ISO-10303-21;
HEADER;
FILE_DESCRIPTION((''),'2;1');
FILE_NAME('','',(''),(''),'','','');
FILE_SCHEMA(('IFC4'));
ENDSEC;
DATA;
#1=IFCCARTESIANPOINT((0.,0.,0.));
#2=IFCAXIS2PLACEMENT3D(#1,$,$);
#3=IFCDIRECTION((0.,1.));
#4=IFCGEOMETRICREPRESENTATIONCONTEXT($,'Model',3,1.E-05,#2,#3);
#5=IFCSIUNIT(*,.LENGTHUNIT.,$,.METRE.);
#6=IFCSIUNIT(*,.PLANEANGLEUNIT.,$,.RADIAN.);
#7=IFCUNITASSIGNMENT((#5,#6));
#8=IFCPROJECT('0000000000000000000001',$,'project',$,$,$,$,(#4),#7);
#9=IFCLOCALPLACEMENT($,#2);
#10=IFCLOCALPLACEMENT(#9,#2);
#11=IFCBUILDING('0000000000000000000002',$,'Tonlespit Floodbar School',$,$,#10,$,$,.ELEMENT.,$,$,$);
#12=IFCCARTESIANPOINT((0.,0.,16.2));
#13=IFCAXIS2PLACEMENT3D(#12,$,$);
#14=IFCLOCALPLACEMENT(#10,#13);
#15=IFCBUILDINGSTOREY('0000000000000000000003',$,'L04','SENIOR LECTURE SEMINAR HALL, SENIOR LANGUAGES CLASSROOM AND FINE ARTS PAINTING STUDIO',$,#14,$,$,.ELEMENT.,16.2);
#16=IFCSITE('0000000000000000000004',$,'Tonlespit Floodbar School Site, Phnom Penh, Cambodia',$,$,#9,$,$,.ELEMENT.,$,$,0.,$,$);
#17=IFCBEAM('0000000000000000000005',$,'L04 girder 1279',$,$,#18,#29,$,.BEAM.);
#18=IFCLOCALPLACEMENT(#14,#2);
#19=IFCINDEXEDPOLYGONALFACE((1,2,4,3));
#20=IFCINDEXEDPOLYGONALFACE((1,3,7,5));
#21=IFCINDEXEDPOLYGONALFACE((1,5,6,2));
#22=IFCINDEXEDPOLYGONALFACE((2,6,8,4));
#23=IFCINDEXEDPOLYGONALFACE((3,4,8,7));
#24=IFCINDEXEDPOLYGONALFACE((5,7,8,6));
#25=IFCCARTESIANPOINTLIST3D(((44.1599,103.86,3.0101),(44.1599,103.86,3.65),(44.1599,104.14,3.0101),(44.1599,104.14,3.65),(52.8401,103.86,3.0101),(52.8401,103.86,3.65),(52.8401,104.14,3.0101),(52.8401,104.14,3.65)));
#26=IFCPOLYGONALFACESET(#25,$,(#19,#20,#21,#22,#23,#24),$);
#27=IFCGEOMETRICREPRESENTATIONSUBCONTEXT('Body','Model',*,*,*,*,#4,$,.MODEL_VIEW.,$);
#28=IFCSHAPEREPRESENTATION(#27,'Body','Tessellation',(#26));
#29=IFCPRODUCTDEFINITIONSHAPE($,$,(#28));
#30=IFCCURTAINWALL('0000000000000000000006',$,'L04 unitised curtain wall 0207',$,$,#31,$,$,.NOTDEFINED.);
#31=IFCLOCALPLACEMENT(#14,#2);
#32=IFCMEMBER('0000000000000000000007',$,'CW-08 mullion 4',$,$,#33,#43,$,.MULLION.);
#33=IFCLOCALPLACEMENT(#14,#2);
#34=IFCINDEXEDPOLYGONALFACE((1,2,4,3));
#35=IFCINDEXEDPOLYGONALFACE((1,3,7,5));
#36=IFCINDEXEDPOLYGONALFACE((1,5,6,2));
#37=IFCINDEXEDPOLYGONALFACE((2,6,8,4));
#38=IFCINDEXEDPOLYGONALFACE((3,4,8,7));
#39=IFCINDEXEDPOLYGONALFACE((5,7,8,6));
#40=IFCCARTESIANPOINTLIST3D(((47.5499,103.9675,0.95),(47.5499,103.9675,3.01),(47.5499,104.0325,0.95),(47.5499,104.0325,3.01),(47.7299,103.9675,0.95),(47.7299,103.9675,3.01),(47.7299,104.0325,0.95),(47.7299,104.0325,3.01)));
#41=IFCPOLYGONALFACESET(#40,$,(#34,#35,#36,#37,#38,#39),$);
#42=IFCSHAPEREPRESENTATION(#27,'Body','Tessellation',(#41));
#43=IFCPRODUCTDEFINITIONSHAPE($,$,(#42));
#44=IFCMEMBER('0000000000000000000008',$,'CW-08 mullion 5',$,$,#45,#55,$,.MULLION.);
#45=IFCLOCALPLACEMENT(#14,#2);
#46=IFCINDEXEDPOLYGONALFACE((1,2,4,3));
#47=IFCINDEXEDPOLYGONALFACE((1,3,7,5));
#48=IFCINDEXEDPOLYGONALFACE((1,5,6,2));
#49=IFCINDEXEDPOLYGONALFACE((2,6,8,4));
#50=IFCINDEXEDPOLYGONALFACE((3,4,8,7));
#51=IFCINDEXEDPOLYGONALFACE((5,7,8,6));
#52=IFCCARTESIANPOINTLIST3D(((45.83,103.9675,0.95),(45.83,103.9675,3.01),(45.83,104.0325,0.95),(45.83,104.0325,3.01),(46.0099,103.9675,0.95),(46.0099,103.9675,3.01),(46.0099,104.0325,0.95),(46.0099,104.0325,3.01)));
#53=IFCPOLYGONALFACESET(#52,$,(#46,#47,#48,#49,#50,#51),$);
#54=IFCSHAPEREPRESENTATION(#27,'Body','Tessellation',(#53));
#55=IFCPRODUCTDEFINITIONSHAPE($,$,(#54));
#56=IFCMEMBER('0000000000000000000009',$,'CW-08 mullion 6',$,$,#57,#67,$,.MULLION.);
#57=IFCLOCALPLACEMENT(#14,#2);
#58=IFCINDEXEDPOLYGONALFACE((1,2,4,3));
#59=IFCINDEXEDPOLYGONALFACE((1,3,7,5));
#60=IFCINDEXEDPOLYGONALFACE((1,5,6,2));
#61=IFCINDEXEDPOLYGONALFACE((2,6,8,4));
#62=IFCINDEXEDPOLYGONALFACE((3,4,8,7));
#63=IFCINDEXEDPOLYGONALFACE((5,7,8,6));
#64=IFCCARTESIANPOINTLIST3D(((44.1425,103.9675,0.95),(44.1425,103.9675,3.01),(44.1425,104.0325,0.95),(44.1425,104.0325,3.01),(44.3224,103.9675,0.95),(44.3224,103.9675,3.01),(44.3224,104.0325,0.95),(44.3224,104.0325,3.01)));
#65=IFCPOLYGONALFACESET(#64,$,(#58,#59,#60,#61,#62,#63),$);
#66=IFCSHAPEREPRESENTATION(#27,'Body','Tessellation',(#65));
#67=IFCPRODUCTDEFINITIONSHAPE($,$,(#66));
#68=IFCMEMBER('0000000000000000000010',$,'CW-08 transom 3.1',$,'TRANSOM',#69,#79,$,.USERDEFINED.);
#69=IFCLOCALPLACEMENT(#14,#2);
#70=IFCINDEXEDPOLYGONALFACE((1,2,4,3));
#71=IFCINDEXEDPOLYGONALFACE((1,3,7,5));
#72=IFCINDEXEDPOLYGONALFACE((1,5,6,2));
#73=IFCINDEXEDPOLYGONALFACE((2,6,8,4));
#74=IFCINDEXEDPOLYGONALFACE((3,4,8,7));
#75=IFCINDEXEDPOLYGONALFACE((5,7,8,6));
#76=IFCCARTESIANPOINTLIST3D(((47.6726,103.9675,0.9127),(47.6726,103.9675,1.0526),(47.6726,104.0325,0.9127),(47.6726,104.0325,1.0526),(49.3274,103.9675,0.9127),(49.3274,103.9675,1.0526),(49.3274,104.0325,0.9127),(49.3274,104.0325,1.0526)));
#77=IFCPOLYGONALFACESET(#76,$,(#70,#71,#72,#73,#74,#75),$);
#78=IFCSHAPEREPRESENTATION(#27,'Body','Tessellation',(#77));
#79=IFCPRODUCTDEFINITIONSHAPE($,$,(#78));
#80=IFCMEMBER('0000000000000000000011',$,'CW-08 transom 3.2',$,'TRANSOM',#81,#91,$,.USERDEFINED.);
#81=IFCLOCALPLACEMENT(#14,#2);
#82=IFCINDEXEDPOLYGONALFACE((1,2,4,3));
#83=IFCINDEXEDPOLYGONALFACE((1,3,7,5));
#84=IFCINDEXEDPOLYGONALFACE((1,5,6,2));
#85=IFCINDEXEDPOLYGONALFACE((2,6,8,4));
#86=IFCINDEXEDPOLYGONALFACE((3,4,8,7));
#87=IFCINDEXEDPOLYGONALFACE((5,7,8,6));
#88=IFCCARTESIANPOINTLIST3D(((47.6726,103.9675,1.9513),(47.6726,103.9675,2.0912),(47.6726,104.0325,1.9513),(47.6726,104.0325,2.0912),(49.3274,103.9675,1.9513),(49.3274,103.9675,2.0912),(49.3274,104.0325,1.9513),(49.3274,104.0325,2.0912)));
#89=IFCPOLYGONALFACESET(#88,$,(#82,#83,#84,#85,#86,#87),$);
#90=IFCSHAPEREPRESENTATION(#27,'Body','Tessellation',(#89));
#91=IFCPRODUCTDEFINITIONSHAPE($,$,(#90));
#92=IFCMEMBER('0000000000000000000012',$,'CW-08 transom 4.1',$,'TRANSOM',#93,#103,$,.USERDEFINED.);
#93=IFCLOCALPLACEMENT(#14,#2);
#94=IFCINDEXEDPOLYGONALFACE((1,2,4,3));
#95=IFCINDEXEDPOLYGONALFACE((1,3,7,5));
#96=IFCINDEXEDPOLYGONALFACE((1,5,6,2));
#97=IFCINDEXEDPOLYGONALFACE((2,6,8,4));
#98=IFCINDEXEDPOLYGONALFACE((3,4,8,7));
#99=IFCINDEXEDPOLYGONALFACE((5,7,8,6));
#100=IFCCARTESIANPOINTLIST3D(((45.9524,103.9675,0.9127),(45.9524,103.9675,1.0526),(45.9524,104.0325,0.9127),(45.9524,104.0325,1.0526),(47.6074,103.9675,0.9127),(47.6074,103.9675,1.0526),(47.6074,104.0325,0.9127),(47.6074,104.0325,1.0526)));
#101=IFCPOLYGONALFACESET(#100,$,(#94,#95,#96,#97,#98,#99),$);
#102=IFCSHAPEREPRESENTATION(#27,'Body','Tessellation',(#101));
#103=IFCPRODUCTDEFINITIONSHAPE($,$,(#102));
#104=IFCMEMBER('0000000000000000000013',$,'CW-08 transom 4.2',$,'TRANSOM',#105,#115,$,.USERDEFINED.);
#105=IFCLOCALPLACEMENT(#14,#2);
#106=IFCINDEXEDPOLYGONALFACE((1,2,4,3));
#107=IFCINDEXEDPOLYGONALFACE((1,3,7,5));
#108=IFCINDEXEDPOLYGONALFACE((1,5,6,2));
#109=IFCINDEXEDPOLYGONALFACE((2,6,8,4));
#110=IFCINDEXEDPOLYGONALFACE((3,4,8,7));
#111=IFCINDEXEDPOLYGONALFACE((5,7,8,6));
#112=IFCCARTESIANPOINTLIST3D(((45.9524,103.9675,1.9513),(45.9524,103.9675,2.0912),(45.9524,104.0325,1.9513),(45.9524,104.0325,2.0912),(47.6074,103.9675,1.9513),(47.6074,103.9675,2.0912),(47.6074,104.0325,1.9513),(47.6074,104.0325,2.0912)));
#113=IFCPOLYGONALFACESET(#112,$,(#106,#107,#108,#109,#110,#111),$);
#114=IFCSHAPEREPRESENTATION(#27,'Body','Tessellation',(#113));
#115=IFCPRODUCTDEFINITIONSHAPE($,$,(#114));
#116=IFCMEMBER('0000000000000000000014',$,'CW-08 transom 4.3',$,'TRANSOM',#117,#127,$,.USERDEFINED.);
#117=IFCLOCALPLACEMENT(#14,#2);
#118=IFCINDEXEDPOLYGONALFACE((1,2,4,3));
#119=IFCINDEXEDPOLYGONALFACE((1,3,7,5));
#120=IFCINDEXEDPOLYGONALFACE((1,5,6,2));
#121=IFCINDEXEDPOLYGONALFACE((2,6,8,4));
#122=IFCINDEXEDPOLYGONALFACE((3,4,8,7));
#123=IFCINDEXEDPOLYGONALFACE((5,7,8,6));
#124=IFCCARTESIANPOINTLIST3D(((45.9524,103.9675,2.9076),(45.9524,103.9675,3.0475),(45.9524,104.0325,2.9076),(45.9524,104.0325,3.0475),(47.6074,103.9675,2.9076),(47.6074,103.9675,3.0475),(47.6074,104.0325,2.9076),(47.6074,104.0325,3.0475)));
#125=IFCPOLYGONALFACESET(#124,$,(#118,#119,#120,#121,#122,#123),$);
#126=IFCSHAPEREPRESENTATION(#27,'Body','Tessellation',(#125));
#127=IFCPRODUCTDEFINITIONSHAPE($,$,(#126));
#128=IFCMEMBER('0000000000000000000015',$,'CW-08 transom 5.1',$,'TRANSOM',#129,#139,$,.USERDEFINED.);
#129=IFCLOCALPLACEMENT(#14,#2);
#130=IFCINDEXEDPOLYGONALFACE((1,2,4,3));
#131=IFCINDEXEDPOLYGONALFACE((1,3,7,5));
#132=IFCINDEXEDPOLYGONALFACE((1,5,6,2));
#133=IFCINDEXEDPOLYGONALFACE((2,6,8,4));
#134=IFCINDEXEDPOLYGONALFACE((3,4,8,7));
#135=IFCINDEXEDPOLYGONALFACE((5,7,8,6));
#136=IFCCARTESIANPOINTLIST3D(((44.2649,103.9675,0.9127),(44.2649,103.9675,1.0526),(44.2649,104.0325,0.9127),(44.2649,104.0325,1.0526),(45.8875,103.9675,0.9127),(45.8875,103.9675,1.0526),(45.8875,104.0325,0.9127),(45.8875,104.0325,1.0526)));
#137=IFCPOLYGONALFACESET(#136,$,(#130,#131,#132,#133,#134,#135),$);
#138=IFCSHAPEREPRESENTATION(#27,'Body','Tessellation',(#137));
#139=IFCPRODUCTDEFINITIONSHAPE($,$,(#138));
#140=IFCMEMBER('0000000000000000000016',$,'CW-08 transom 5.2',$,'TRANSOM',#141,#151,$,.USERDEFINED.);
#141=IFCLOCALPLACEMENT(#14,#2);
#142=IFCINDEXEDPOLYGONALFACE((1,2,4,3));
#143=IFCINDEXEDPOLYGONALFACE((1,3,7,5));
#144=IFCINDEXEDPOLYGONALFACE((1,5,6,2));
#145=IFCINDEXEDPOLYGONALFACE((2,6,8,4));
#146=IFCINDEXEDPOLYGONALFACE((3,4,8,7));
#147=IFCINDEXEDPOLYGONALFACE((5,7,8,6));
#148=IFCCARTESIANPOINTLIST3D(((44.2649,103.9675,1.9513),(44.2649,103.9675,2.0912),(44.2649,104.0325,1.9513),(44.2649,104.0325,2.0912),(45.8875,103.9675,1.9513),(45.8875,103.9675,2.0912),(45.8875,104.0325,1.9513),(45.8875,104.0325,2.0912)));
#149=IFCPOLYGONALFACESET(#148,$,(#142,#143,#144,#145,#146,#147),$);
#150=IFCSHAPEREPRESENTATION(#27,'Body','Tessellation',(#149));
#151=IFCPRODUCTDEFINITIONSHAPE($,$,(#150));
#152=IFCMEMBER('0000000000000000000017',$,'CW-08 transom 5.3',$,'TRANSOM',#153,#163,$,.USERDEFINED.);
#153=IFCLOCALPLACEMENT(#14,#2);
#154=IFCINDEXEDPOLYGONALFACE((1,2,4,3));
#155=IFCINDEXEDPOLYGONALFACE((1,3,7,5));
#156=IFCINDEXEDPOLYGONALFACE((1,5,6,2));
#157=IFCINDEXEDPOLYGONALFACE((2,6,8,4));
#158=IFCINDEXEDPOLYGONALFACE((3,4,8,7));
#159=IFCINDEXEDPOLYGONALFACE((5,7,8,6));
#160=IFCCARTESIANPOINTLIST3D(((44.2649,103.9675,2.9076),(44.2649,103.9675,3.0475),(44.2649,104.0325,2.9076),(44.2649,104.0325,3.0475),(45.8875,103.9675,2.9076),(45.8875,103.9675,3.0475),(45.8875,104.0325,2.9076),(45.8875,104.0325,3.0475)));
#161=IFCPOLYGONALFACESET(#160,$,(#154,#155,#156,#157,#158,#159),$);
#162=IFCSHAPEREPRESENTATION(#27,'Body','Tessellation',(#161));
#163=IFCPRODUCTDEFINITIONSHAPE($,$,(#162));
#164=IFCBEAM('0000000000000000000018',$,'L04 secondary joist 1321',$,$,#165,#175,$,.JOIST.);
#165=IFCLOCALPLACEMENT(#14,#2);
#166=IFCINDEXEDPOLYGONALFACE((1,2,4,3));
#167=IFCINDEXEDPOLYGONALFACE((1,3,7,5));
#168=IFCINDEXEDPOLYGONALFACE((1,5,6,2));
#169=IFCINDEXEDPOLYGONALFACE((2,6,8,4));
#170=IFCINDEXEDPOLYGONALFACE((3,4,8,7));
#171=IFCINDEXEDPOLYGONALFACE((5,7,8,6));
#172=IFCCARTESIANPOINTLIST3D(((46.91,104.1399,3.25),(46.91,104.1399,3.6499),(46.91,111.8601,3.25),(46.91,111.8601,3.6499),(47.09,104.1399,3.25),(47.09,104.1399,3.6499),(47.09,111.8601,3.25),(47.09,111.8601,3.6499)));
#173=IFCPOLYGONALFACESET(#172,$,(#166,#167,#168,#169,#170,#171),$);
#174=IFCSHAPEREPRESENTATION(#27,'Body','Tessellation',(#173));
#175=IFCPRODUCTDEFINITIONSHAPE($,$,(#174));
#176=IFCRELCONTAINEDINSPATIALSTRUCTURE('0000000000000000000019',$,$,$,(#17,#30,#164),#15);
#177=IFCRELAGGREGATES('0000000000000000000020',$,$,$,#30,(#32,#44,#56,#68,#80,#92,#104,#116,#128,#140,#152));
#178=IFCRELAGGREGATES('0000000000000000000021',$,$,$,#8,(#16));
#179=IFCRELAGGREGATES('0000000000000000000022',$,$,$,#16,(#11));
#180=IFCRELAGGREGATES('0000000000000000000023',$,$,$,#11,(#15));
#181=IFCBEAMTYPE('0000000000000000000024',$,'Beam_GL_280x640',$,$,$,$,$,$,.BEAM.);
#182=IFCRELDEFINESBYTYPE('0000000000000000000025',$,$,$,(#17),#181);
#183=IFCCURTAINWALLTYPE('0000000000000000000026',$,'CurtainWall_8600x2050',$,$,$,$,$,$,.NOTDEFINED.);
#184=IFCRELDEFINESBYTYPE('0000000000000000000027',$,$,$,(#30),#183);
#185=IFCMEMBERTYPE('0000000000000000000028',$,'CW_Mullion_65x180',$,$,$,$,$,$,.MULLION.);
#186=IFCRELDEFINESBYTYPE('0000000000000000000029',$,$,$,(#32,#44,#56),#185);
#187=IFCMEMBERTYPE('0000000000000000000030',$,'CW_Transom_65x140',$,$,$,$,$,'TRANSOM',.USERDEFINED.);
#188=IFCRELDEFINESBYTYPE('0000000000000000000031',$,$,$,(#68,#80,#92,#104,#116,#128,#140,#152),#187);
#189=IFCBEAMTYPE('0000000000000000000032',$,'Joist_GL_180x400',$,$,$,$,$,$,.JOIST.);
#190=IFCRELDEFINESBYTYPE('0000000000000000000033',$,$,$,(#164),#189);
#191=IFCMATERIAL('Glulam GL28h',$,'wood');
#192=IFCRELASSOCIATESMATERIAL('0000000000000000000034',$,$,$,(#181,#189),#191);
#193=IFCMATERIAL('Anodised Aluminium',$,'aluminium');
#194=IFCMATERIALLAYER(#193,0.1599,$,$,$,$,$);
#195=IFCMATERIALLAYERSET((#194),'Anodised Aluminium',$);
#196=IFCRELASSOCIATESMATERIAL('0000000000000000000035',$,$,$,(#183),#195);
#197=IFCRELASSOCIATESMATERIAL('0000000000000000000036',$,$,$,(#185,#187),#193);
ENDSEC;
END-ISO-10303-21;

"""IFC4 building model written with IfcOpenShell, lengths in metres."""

from ifc_helpers import new_model, si_unit, direction, frame, origin, origin_2d, place, context, subcontext, project, spatial, rectangle, extrude, material, layer, layer_set, material_profile, profile_set, type_object, element, aggregate, save


model = new_model("IFC4")

# Units and contexts
model_context = context("Model", 3, precision=1e-05, world=origin(), true_north=direction((0.0, 1.0)))
body_context = subcontext(model_context, "Body", "Model", "MODEL_VIEW")
ifc_project = project(units=[si_unit("LENGTHUNIT", "METRE"), si_unit("PLANEANGLEUNIT", "RADIAN")], contexts=[model_context])

# Site, building, storey
site_placement = place(None, origin())
site = spatial("IfcSite", under=ifc_project, at=site_placement, Name="Tonlespit Floodbar School Site, Phnom Penh, Cambodia", CompositionType="ELEMENT", RefElevation=0.0)
building_placement = place(site_placement, origin())
building = spatial("IfcBuilding", under=site, at=building_placement, Name="Tonlespit Floodbar School", CompositionType="ELEMENT")
storey_placement = place(building_placement, frame((0.0, 0.0, 16.2)))
storey = spatial("IfcBuildingStorey", under=building, at=storey_placement, Name="L04", Description="SENIOR LECTURE SEMINAR HALL, SENIOR LANGUAGES CLASSROOM AND FINE ARTS PAINTING STUDIO", CompositionType="ELEMENT", Elevation=16.2)

# Beam
ifc_material_1 = material(Name="Glulam GL28h", Category="wood")
ifc_material_profile_1 = material_profile(ifc_material_1, rectangle(XDim=0.28, YDim=0.6399, at=origin_2d()), Name="GL 280x640")
ifc_profile_set_1 = profile_set([ifc_material_profile_1], Name="Glulam GL28h")
beam_type_1 = type_object("IfcBeamType", Name="Beam_GL_280x640", PredefinedType="BEAM", material=ifc_profile_set_1)
beam_1_placement = place(storey_placement, frame((44.1599, 104.0, 3.3301), z_axis=(1.0, 0.0, 0.0), x_axis=(0.0, 1.0, 0.0)))
element("IfcBeam", 1, at=beam_1_placement, inside=storey, type_object=beam_type_1, Name="L04 girder 1279", PredefinedType="BEAM", context=body_context, shape_type="SweptSolid", body=[
    extrude(rectangle(XDim=0.28, YDim=0.6399, at=origin_2d()), origin(), (0.0, 0.0, 1.0), 8.6802),
])

# Curtain wall, members
ifc_material_2 = material(Name="Anodised Aluminium", Category="aluminium")
ifc_layer_1 = layer(ifc_material_2, 0.1599)
ifc_layer_set_1 = layer_set([ifc_layer_1], Name="Anodised Aluminium")
curtain_wall_type = type_object("IfcCurtainWallType", Name="CurtainWall_8600x2050", PredefinedType="NOTDEFINED", material=ifc_layer_set_1)
curtain_wall_placement = place(storey_placement, origin())
curtain_wall = element("IfcCurtainWall", 2, at=curtain_wall_placement, inside=storey, type_object=curtain_wall_type, Name="L04 unitised curtain wall 0207", PredefinedType="NOTDEFINED")
ifc_material_profile_2 = material_profile(ifc_material_2, rectangle(XDim=0.0649, YDim=0.1799, at=origin_2d()), Name="ALU M65x180")
ifc_profile_set_2 = profile_set([ifc_material_profile_2], Name="Anodised Aluminium")
member_type_1 = type_object("IfcMemberType", Name="CW_Mullion_65x180", PredefinedType="MULLION", material=ifc_profile_set_2)
member_1_placement = place(storey_placement, frame((47.6399, 104.0, 0.95), z_axis=(0.0, 0.0, 1.0), x_axis=(0.0, -1.0, 0.0)))
member_1 = element("IfcMember", 3, at=member_1_placement, type_object=member_type_1, Name="CW-08 mullion 4", PredefinedType="MULLION", context=body_context, shape_type="SweptSolid", body=[
    extrude(rectangle(XDim=0.0649, YDim=0.1799, at=origin_2d()), origin(), (0.0, 0.0, 1.0), 2.0601),
])
member_2_placement = place(storey_placement, frame((45.9199, 104.0, 0.95), z_axis=(0.0, 0.0, 1.0), x_axis=(0.0, -1.0, 0.0)))
member_2 = element("IfcMember", 4, at=member_2_placement, type_object=member_type_1, Name="CW-08 mullion 5", PredefinedType="MULLION", context=body_context, shape_type="SweptSolid", body=[
    extrude(rectangle(XDim=0.0649, YDim=0.1799, at=origin_2d()), origin(), (0.0, 0.0, 1.0), 2.0601),
])
member_3_placement = place(storey_placement, frame((44.2324, 104.0, 0.95), z_axis=(0.0, 0.0, 1.0), x_axis=(0.0, -1.0, 0.0)))
member_3 = element("IfcMember", 5, at=member_3_placement, type_object=member_type_1, Name="CW-08 mullion 6", PredefinedType="MULLION", context=body_context, shape_type="SweptSolid", body=[
    extrude(rectangle(XDim=0.0649, YDim=0.1799, at=origin_2d()), origin(), (0.0, 0.0, 1.0), 2.0601),
])
ifc_material_profile_3 = material_profile(ifc_material_2, rectangle(XDim=0.0649, YDim=0.1399, at=origin_2d()), Name="ALU T65x140")
ifc_profile_set_3 = profile_set([ifc_material_profile_3], Name="Anodised Aluminium")
member_type_2 = type_object("IfcMemberType", Name="CW_Transom_65x140", ElementType="TRANSOM", PredefinedType="USERDEFINED", material=ifc_profile_set_3)
member_4_placement = place(storey_placement, frame((49.3274, 104.0, 0.9827), z_axis=(-1.0, 0.0, 0.0), x_axis=(0.0, -1.0, 0.0)))
member_4 = element("IfcMember", 6, at=member_4_placement, type_object=member_type_2, Name="CW-08 transom 3.1", ObjectType="TRANSOM", PredefinedType="USERDEFINED", context=body_context, shape_type="SweptSolid", body=[
    extrude(rectangle(XDim=0.0649, YDim=0.1399, at=origin_2d()), origin(), (0.0, 0.0, 1.0), 1.6548),
])
member_5_placement = place(storey_placement, frame((49.3274, 104.0, 2.0212), z_axis=(-1.0, 0.0, 0.0), x_axis=(0.0, -1.0, 0.0)))
member_5 = element("IfcMember", 7, at=member_5_placement, type_object=member_type_2, Name="CW-08 transom 3.2", ObjectType="TRANSOM", PredefinedType="USERDEFINED", context=body_context, shape_type="SweptSolid", body=[
    extrude(rectangle(XDim=0.0649, YDim=0.1399, at=origin_2d()), origin(), (0.0, 0.0, 1.0), 1.6548),
])
member_6_placement = place(storey_placement, frame((47.6074, 104.0, 0.9827), z_axis=(-1.0, 0.0, 0.0), x_axis=(0.0, -1.0, 0.0)))
member_6 = element("IfcMember", 8, at=member_6_placement, type_object=member_type_2, Name="CW-08 transom 4.1", ObjectType="TRANSOM", PredefinedType="USERDEFINED", context=body_context, shape_type="SweptSolid", body=[
    extrude(rectangle(XDim=0.0649, YDim=0.1399, at=origin_2d()), origin(), (0.0, 0.0, 1.0), 1.655),
])
member_7_placement = place(storey_placement, frame((47.6074, 104.0, 2.0212), z_axis=(-1.0, 0.0, 0.0), x_axis=(0.0, -1.0, 0.0)))
member_7 = element("IfcMember", 9, at=member_7_placement, type_object=member_type_2, Name="CW-08 transom 4.2", ObjectType="TRANSOM", PredefinedType="USERDEFINED", context=body_context, shape_type="SweptSolid", body=[
    extrude(rectangle(XDim=0.0649, YDim=0.1399, at=origin_2d()), origin(), (0.0, 0.0, 1.0), 1.655),
])
member_8_placement = place(storey_placement, frame((47.6074, 104.0, 2.9775), z_axis=(-1.0, 0.0, 0.0), x_axis=(0.0, -1.0, 0.0)))
member_8 = element("IfcMember", 10, at=member_8_placement, type_object=member_type_2, Name="CW-08 transom 4.3", ObjectType="TRANSOM", PredefinedType="USERDEFINED", context=body_context, shape_type="SweptSolid", body=[
    extrude(rectangle(XDim=0.0649, YDim=0.1399, at=origin_2d()), origin(), (0.0, 0.0, 1.0), 1.655),
])
member_9_placement = place(storey_placement, frame((45.8875, 104.0, 0.9827), z_axis=(-1.0, 0.0, 0.0), x_axis=(0.0, -1.0, 0.0)))
member_9 = element("IfcMember", 11, at=member_9_placement, type_object=member_type_2, Name="CW-08 transom 5.1", ObjectType="TRANSOM", PredefinedType="USERDEFINED", context=body_context, shape_type="SweptSolid", body=[
    extrude(rectangle(XDim=0.0649, YDim=0.1399, at=origin_2d()), origin(), (0.0, 0.0, 1.0), 1.6226),
])
member_10_placement = place(storey_placement, frame((45.8875, 104.0, 2.0212), z_axis=(-1.0, 0.0, 0.0), x_axis=(0.0, -1.0, 0.0)))
member_10 = element("IfcMember", 12, at=member_10_placement, type_object=member_type_2, Name="CW-08 transom 5.2", ObjectType="TRANSOM", PredefinedType="USERDEFINED", context=body_context, shape_type="SweptSolid", body=[
    extrude(rectangle(XDim=0.0649, YDim=0.1399, at=origin_2d()), origin(), (0.0, 0.0, 1.0), 1.6226),
])
member_11_placement = place(storey_placement, frame((45.8875, 104.0, 2.9775), z_axis=(-1.0, 0.0, 0.0), x_axis=(0.0, -1.0, 0.0)))
member_11 = element("IfcMember", 13, at=member_11_placement, type_object=member_type_2, Name="CW-08 transom 5.3", ObjectType="TRANSOM", PredefinedType="USERDEFINED", context=body_context, shape_type="SweptSolid", body=[
    extrude(rectangle(XDim=0.0649, YDim=0.1399, at=origin_2d()), origin(), (0.0, 0.0, 1.0), 1.6226),
])

# Beam
ifc_material_profile_4 = material_profile(ifc_material_1, rectangle(XDim=0.1799, YDim=0.3999, at=origin_2d()), Name="GL 180x400")
ifc_profile_set_4 = profile_set([ifc_material_profile_4], Name="Glulam GL28h")
beam_type_2 = type_object("IfcBeamType", Name="Joist_GL_180x400", PredefinedType="JOIST", material=ifc_profile_set_4)
beam_2_placement = place(storey_placement, frame((47.0, 104.1399, 3.45), z_axis=(0.0, 1.0, 0.0), x_axis=(-1.0, 0.0, 0.0)))
element("IfcBeam", 14, at=beam_2_placement, inside=storey, type_object=beam_type_2, Name="L04 secondary joist 1321", PredefinedType="JOIST", context=body_context, shape_type="SweptSolid", body=[
    extrude(rectangle(XDim=0.1799, YDim=0.3999, at=origin_2d()), origin(), (0.0, 0.0, 1.0), 7.7202),
])

aggregate(curtain_wall, [member_1, member_2, member_3, member_4, member_5, member_6, member_7, member_8, member_9, member_10, member_11])

save(model, "model.ifc")
